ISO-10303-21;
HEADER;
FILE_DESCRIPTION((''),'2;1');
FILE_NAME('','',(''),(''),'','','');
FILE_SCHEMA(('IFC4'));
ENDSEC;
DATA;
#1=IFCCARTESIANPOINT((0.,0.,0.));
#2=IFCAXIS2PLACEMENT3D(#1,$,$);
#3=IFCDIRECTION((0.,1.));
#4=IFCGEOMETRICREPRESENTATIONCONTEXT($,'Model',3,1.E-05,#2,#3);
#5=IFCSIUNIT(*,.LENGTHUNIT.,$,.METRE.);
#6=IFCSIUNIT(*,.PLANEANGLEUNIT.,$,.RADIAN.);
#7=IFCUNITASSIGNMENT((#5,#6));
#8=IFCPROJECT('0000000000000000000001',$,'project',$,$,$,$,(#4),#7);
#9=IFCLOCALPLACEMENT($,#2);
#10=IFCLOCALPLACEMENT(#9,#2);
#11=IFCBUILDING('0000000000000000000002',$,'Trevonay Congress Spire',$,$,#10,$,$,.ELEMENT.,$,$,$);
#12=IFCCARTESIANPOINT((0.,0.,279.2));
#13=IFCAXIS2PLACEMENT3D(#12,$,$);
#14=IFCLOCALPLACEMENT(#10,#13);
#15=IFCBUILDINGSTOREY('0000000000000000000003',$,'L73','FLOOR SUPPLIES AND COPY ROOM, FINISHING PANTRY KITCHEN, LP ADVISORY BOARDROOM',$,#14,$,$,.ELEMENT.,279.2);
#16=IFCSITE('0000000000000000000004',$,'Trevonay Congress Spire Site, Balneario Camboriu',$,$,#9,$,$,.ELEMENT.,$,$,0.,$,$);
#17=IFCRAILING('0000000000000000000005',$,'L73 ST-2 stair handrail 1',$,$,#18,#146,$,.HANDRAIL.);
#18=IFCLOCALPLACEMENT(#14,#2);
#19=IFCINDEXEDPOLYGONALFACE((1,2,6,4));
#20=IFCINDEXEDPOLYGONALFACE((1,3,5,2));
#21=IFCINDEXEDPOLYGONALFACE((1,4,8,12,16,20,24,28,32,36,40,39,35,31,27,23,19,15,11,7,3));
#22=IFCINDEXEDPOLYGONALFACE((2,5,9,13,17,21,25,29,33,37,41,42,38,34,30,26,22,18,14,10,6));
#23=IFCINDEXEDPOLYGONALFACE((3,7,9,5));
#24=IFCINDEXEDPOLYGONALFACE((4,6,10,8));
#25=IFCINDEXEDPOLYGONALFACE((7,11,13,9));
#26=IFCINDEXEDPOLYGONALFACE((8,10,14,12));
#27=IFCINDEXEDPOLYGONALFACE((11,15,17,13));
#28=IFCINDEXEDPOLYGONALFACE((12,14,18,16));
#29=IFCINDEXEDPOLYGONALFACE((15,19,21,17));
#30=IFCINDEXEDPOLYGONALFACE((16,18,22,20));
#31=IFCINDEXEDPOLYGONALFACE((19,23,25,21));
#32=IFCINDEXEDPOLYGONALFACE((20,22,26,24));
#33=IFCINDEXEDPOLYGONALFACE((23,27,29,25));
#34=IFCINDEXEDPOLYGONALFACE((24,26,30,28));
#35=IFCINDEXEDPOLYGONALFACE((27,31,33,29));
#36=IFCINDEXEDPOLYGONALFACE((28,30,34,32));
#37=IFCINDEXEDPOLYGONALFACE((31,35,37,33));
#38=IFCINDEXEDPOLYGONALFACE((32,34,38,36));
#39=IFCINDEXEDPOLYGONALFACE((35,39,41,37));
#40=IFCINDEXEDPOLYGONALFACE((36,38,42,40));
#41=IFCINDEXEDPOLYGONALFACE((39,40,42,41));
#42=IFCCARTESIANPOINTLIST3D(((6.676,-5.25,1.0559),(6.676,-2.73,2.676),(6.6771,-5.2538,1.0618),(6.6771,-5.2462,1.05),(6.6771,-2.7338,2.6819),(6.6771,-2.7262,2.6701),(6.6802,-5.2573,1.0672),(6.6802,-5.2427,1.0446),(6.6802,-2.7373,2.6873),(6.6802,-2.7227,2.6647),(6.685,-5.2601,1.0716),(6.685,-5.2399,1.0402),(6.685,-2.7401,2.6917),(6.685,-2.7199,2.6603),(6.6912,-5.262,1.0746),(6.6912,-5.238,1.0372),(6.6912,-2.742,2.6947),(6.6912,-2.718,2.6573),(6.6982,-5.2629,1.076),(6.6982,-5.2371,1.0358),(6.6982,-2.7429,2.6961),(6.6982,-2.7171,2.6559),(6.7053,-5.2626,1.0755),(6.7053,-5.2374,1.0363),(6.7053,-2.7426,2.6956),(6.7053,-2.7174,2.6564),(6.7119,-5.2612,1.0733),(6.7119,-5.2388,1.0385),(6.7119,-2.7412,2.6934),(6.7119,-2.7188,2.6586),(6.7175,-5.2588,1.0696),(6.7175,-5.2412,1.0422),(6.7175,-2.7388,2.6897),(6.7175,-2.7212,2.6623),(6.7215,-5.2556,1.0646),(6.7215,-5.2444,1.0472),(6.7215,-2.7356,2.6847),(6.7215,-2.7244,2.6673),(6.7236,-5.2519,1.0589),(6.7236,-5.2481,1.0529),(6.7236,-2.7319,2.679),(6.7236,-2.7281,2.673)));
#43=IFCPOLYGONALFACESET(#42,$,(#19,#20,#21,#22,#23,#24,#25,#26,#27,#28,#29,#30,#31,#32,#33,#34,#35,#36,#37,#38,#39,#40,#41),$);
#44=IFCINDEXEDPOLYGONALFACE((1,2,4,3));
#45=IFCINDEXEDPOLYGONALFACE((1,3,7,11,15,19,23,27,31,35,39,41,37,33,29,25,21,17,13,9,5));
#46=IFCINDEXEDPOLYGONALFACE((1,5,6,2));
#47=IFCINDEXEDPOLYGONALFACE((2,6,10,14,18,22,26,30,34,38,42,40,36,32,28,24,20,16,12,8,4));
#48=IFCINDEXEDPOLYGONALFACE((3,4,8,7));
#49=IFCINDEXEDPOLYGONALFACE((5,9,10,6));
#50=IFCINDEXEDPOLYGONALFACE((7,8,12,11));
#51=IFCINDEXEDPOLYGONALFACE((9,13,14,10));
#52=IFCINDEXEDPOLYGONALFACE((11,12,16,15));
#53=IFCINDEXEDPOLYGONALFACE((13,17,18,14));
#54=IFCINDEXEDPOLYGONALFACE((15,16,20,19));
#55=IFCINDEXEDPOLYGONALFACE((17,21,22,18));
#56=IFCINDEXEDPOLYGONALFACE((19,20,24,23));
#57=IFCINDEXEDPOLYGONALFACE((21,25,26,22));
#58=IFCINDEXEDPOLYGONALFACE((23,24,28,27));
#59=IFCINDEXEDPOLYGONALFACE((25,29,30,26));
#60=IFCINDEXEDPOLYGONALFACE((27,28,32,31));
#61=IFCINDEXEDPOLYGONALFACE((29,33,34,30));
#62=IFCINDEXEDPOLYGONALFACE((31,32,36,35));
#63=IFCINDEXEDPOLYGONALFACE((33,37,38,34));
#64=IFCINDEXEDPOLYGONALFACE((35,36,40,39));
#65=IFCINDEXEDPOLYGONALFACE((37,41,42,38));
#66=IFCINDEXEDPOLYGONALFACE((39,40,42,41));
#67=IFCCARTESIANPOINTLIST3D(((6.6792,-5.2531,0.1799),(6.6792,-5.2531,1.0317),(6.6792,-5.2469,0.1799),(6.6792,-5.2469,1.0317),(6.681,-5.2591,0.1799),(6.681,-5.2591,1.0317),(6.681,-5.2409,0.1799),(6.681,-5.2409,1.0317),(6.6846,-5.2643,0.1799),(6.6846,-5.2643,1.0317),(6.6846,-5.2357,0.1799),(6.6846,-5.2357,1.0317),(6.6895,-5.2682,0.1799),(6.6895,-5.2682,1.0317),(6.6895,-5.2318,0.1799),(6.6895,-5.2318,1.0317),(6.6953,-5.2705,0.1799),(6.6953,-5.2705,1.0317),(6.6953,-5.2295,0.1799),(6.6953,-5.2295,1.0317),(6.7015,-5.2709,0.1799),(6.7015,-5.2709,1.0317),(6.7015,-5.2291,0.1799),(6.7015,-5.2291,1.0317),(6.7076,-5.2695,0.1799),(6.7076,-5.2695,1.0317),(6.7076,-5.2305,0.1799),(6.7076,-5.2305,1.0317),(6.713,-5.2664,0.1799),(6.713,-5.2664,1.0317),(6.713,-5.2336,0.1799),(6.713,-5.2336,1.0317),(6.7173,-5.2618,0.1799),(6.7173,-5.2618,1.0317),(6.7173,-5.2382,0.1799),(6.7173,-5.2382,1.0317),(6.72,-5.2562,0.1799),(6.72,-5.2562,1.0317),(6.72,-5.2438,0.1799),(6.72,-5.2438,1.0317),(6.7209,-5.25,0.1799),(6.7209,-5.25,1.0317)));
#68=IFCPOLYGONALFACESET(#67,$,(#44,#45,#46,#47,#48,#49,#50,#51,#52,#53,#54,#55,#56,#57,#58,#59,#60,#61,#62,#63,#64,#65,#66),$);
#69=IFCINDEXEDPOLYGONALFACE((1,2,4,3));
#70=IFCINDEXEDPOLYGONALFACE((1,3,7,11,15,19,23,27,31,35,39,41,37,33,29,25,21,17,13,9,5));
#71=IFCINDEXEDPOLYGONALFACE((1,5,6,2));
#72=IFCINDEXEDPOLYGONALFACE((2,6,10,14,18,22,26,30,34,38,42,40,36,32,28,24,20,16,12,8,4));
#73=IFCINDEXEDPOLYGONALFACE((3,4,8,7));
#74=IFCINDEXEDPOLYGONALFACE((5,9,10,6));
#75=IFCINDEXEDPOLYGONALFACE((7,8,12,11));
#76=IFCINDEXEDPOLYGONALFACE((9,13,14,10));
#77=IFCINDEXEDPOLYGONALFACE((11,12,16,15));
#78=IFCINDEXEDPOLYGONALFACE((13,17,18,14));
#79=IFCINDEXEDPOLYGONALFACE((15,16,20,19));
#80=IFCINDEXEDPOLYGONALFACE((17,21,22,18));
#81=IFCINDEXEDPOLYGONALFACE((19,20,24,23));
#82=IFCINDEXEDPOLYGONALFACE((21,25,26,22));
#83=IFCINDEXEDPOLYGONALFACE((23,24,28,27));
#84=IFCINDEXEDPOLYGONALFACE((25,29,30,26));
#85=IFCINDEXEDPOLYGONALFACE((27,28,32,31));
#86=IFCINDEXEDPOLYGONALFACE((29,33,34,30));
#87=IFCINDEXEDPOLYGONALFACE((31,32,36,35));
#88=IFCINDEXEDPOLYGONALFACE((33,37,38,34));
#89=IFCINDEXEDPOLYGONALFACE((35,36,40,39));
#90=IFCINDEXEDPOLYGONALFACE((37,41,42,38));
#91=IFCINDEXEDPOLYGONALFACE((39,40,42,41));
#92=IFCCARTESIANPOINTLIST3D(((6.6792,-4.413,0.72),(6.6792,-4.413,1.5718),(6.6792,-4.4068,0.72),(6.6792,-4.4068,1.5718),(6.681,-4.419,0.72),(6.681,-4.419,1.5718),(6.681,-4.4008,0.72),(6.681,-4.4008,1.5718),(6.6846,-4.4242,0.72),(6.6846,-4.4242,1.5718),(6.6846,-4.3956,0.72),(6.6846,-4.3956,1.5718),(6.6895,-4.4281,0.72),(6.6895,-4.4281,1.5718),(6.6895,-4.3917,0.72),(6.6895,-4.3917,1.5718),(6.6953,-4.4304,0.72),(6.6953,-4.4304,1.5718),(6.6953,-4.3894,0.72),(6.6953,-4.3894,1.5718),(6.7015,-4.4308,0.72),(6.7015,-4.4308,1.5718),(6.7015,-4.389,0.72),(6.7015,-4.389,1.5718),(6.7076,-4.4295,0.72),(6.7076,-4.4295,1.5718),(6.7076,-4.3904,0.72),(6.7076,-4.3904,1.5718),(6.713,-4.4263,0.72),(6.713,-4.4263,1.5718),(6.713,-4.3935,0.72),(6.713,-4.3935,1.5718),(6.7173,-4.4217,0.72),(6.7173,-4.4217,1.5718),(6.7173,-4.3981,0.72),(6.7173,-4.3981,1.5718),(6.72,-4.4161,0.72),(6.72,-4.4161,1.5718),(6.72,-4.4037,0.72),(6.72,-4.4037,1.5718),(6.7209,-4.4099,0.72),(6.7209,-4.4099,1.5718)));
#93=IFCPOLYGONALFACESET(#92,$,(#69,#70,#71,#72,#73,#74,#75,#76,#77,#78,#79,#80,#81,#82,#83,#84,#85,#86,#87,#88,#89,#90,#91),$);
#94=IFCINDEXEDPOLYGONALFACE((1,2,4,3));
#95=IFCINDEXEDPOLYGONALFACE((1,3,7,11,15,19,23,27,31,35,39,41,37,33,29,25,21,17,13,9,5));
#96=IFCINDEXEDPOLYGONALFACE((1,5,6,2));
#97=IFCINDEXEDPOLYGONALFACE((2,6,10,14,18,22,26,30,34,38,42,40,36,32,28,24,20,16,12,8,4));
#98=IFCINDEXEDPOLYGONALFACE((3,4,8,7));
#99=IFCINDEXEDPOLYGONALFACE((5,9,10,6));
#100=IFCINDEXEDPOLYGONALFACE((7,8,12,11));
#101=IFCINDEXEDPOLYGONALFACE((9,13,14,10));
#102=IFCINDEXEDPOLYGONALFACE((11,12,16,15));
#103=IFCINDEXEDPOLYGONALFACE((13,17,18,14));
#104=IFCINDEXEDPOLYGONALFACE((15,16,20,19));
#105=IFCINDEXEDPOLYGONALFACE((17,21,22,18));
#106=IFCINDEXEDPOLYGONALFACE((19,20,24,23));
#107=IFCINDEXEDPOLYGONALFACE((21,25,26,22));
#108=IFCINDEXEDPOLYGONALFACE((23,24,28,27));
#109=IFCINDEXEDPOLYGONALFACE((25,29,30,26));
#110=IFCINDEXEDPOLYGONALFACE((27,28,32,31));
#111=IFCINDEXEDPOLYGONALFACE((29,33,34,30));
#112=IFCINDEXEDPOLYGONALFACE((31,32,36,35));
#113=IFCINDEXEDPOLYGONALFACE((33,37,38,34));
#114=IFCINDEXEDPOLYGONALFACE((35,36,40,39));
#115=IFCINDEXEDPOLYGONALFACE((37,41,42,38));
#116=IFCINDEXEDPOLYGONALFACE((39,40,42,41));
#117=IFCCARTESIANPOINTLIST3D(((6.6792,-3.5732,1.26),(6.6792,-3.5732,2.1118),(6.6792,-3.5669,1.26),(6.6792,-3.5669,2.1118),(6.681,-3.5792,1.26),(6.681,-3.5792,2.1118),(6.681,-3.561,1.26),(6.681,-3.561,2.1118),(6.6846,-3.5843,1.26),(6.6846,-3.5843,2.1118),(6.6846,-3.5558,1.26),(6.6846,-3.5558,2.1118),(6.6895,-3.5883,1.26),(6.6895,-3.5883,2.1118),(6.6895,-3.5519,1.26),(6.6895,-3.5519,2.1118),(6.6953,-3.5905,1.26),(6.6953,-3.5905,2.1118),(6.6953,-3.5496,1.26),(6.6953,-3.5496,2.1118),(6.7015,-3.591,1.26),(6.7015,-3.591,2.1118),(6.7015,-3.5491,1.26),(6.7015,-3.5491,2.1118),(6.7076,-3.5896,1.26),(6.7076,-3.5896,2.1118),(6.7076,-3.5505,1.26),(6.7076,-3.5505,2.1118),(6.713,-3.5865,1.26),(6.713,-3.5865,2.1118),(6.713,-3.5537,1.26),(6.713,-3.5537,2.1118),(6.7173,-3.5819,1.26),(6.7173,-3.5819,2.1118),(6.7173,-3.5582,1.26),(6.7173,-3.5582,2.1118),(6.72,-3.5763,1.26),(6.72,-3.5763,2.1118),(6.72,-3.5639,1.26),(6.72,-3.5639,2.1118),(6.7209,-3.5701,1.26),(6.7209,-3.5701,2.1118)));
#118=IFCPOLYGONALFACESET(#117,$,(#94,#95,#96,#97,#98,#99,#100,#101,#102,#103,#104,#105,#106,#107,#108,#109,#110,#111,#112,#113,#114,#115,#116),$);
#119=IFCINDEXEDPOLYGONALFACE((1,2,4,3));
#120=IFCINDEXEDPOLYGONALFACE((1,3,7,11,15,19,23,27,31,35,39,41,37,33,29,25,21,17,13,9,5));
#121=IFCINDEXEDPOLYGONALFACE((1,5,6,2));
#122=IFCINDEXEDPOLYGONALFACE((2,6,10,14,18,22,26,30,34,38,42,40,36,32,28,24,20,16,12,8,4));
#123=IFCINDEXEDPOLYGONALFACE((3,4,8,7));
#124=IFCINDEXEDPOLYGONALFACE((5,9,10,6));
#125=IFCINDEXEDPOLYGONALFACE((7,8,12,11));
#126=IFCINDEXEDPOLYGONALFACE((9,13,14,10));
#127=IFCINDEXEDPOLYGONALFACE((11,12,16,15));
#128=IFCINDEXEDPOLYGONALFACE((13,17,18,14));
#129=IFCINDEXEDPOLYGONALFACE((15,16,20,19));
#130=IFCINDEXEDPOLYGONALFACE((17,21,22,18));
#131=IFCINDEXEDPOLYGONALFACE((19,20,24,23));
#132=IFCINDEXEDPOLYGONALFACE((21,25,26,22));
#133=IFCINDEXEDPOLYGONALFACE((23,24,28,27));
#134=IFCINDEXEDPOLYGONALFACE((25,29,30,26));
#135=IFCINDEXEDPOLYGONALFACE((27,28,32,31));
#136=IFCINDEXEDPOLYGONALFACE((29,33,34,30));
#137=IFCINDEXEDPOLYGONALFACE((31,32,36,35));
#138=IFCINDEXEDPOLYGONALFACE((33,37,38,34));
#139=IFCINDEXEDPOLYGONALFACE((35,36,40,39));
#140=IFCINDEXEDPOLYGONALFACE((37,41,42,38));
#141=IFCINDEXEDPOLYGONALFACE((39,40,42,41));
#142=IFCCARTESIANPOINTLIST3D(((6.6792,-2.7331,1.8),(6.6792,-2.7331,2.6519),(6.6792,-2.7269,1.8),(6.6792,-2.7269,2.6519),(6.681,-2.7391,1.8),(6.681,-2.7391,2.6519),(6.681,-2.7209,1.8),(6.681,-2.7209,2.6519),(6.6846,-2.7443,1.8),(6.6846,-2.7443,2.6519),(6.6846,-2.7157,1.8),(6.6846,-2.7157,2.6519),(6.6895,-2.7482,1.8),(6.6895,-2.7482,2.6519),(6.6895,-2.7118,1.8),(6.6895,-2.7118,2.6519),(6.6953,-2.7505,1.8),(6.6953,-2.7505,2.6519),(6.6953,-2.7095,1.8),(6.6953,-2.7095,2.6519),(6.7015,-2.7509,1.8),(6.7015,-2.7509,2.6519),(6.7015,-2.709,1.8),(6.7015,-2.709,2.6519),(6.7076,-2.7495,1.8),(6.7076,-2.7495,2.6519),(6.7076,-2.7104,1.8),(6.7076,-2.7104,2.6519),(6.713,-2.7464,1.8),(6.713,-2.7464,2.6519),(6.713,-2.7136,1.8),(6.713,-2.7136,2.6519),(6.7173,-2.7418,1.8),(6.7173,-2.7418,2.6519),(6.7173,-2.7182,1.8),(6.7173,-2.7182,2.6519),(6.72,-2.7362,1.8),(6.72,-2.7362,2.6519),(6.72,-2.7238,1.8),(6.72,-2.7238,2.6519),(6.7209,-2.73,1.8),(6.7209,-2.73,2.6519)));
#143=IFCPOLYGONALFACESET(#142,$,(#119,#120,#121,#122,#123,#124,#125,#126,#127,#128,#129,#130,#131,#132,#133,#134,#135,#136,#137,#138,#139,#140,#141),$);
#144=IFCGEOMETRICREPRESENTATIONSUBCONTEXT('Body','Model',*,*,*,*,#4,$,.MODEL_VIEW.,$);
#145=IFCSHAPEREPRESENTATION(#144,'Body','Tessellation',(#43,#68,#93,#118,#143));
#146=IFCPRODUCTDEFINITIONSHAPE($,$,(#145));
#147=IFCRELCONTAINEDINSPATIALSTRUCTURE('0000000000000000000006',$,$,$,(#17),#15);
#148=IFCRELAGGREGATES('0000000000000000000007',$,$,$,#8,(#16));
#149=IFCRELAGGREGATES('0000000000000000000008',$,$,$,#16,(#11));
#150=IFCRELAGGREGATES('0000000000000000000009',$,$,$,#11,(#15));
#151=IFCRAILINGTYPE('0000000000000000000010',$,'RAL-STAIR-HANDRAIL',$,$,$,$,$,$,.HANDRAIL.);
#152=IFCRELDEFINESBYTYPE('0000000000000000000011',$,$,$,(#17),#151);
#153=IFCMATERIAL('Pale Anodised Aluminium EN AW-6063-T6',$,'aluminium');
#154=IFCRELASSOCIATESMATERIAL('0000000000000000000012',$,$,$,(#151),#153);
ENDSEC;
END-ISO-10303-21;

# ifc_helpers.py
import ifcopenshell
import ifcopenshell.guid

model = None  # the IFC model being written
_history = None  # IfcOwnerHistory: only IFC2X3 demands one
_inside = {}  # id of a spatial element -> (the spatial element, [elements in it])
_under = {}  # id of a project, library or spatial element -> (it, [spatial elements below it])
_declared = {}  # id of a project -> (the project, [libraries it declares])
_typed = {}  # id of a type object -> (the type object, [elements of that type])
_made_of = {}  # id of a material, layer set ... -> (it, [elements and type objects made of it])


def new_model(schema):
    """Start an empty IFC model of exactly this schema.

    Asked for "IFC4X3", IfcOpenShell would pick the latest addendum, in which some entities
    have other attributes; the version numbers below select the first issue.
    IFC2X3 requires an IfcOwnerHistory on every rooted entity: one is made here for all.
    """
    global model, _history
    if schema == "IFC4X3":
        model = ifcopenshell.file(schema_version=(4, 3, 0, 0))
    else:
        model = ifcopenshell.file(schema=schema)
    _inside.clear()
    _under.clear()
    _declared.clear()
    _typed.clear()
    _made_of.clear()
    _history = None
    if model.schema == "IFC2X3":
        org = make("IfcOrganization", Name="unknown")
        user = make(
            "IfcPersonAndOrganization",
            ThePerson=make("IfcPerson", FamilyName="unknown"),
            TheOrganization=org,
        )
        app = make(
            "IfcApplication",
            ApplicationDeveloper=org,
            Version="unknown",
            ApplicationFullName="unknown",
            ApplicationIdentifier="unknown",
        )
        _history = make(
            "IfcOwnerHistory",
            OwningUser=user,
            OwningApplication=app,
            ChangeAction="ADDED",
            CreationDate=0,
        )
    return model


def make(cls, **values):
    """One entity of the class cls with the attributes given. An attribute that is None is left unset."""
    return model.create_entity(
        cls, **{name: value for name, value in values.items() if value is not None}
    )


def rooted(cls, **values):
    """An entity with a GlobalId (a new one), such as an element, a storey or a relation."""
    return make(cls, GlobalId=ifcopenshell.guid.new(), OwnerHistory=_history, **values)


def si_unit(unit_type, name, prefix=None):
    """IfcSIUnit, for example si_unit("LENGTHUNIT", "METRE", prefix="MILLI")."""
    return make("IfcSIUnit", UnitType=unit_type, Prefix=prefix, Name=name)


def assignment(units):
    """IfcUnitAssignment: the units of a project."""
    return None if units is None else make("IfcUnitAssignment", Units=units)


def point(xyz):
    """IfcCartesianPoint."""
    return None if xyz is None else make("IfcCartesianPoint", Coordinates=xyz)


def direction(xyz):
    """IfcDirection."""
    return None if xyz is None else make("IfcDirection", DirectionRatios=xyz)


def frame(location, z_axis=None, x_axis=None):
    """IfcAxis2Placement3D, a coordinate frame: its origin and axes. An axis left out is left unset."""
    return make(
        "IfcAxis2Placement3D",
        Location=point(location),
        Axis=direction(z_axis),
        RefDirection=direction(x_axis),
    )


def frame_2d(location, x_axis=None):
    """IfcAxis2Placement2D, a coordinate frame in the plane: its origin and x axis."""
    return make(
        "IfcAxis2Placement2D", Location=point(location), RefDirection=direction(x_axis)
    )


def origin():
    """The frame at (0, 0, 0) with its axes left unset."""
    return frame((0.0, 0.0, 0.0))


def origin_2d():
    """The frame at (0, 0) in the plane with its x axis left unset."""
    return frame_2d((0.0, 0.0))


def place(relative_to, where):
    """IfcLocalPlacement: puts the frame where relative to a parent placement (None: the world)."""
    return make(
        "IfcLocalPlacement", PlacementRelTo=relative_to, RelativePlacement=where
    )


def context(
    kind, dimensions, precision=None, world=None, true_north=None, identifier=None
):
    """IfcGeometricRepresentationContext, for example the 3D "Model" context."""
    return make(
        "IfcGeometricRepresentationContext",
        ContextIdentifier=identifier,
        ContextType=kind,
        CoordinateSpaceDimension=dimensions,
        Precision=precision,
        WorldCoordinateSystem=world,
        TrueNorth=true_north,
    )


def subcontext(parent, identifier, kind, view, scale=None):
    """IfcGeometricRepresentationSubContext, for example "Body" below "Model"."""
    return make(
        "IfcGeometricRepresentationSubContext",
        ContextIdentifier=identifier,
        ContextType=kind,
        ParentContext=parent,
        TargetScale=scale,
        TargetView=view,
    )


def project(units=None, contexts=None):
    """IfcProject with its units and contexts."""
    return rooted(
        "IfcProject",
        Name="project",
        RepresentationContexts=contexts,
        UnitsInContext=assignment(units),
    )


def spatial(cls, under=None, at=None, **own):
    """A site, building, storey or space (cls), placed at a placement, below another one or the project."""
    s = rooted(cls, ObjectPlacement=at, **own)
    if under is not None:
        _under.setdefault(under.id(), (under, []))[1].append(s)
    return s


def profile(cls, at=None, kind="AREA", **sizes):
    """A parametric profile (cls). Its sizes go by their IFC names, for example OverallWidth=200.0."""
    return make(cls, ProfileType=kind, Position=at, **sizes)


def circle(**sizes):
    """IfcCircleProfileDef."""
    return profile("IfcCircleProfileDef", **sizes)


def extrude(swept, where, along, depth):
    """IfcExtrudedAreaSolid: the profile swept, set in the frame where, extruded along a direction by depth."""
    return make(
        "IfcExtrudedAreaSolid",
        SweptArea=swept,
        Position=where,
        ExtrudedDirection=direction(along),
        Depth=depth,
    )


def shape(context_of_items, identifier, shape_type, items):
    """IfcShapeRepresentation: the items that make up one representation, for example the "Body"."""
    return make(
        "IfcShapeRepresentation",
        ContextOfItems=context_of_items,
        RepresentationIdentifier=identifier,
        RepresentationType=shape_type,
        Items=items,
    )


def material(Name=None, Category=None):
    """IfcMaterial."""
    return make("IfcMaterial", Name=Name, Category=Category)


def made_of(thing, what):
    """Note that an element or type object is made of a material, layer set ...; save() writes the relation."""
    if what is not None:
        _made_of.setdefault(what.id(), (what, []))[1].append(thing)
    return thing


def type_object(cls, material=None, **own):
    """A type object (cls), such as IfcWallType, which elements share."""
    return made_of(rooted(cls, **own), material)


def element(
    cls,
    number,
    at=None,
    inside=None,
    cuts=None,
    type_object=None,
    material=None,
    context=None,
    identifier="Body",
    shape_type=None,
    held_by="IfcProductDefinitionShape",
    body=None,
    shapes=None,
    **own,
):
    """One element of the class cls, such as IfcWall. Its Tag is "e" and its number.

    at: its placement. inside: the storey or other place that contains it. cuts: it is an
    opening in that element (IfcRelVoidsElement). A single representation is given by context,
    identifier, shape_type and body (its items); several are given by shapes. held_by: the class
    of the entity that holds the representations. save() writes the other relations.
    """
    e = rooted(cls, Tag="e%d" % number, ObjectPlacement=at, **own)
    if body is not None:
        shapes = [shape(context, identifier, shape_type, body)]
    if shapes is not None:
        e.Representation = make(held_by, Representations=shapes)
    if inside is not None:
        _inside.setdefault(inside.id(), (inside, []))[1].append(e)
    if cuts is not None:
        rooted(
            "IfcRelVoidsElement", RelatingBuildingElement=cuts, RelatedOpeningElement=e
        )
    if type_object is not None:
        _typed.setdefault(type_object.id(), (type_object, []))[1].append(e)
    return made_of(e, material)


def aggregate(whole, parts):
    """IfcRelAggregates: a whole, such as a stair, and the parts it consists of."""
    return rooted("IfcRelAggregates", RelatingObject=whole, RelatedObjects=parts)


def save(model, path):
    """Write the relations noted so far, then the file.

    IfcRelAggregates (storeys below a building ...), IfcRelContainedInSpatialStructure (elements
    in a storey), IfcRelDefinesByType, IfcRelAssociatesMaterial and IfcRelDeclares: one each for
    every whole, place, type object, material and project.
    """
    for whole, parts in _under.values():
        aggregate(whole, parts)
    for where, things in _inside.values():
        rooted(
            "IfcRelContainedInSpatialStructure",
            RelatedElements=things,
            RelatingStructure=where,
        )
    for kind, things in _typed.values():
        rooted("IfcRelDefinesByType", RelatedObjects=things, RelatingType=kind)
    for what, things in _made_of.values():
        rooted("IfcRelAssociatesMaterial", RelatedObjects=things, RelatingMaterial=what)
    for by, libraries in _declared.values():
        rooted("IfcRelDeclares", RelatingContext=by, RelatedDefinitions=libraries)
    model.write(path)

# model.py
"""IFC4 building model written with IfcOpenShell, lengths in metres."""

from ifc_helpers import new_model, si_unit, direction, frame, origin, origin_2d, place, context, subcontext, project, spatial, circle, extrude, material, type_object, element, save


model = new_model("IFC4")

# Units and contexts
model_context = context("Model", 3, precision=1e-05, world=origin(), true_north=direction((0.0, 1.0)))
body_context = subcontext(model_context, "Body", "Model", "MODEL_VIEW")
ifc_project = project(units=[si_unit("LENGTHUNIT", "METRE"), si_unit("PLANEANGLEUNIT", "RADIAN")], contexts=[model_context])

# Site, building, storey
site_placement = place(None, origin())
site = spatial("IfcSite", under=ifc_project, at=site_placement, Name="Trevonay Congress Spire Site, Balneario Camboriu", CompositionType="ELEMENT", RefElevation=0.0)
building_placement = place(site_placement, origin())
building = spatial("IfcBuilding", under=site, at=building_placement, Name="Trevonay Congress Spire", CompositionType="ELEMENT")
storey_placement = place(building_placement, frame((0.0, 0.0, 279.2)))
storey = spatial("IfcBuildingStorey", under=building, at=storey_placement, Name="L73", Description="FLOOR SUPPLIES AND COPY ROOM, FINISHING PANTRY KITCHEN, LP ADVISORY BOARDROOM", CompositionType="ELEMENT", Elevation=279.2)

# Shared definitions
ifc_material_1 = material(Name="Pale Anodised Aluminium EN AW-6063-T6", Category="aluminium")

# Railing
railing_type_1 = type_object("IfcRailingType", Name="RAL-STAIR-HANDRAIL", PredefinedType="HANDRAIL", material=ifc_material_1)
railing_1_placement = place(storey_placement, frame((6.7, -5.25, 0.1799)))
element("IfcRailing", 1, at=railing_1_placement, inside=storey, type_object=railing_type_1, Name="L73 ST-2 stair handrail 1", PredefinedType="HANDRAIL", context=body_context, shape_type="SweptSolid", body=[
    extrude(circle(Radius=0.0239, at=origin_2d()), frame((0.0, 0.0, 0.876), z_axis=(0.0, 0.841163, 0.540782), x_axis=(-1.0, 0.0, 0.0)), (0.0, 0.0, 1.0), 2.9958),
    extrude(circle(Radius=0.021, at=origin_2d()), origin(), (0.0, 0.0, 1.0), 0.8518),
    extrude(circle(Radius=0.021, at=origin_2d()), frame((0.0, 0.8401, 0.54)), (0.0, 0.0, 1.0), 0.8518),
    extrude(circle(Radius=0.021, at=origin_2d()), frame((0.0, 1.6799, 1.0801)), (0.0, 0.0, 1.0), 0.8518),
    extrude(circle(Radius=0.021, at=origin_2d()), frame((0.0, 2.52, 1.6201)), (0.0, 0.0, 1.0), 0.8518),
])

save(model, "model.ifc")
